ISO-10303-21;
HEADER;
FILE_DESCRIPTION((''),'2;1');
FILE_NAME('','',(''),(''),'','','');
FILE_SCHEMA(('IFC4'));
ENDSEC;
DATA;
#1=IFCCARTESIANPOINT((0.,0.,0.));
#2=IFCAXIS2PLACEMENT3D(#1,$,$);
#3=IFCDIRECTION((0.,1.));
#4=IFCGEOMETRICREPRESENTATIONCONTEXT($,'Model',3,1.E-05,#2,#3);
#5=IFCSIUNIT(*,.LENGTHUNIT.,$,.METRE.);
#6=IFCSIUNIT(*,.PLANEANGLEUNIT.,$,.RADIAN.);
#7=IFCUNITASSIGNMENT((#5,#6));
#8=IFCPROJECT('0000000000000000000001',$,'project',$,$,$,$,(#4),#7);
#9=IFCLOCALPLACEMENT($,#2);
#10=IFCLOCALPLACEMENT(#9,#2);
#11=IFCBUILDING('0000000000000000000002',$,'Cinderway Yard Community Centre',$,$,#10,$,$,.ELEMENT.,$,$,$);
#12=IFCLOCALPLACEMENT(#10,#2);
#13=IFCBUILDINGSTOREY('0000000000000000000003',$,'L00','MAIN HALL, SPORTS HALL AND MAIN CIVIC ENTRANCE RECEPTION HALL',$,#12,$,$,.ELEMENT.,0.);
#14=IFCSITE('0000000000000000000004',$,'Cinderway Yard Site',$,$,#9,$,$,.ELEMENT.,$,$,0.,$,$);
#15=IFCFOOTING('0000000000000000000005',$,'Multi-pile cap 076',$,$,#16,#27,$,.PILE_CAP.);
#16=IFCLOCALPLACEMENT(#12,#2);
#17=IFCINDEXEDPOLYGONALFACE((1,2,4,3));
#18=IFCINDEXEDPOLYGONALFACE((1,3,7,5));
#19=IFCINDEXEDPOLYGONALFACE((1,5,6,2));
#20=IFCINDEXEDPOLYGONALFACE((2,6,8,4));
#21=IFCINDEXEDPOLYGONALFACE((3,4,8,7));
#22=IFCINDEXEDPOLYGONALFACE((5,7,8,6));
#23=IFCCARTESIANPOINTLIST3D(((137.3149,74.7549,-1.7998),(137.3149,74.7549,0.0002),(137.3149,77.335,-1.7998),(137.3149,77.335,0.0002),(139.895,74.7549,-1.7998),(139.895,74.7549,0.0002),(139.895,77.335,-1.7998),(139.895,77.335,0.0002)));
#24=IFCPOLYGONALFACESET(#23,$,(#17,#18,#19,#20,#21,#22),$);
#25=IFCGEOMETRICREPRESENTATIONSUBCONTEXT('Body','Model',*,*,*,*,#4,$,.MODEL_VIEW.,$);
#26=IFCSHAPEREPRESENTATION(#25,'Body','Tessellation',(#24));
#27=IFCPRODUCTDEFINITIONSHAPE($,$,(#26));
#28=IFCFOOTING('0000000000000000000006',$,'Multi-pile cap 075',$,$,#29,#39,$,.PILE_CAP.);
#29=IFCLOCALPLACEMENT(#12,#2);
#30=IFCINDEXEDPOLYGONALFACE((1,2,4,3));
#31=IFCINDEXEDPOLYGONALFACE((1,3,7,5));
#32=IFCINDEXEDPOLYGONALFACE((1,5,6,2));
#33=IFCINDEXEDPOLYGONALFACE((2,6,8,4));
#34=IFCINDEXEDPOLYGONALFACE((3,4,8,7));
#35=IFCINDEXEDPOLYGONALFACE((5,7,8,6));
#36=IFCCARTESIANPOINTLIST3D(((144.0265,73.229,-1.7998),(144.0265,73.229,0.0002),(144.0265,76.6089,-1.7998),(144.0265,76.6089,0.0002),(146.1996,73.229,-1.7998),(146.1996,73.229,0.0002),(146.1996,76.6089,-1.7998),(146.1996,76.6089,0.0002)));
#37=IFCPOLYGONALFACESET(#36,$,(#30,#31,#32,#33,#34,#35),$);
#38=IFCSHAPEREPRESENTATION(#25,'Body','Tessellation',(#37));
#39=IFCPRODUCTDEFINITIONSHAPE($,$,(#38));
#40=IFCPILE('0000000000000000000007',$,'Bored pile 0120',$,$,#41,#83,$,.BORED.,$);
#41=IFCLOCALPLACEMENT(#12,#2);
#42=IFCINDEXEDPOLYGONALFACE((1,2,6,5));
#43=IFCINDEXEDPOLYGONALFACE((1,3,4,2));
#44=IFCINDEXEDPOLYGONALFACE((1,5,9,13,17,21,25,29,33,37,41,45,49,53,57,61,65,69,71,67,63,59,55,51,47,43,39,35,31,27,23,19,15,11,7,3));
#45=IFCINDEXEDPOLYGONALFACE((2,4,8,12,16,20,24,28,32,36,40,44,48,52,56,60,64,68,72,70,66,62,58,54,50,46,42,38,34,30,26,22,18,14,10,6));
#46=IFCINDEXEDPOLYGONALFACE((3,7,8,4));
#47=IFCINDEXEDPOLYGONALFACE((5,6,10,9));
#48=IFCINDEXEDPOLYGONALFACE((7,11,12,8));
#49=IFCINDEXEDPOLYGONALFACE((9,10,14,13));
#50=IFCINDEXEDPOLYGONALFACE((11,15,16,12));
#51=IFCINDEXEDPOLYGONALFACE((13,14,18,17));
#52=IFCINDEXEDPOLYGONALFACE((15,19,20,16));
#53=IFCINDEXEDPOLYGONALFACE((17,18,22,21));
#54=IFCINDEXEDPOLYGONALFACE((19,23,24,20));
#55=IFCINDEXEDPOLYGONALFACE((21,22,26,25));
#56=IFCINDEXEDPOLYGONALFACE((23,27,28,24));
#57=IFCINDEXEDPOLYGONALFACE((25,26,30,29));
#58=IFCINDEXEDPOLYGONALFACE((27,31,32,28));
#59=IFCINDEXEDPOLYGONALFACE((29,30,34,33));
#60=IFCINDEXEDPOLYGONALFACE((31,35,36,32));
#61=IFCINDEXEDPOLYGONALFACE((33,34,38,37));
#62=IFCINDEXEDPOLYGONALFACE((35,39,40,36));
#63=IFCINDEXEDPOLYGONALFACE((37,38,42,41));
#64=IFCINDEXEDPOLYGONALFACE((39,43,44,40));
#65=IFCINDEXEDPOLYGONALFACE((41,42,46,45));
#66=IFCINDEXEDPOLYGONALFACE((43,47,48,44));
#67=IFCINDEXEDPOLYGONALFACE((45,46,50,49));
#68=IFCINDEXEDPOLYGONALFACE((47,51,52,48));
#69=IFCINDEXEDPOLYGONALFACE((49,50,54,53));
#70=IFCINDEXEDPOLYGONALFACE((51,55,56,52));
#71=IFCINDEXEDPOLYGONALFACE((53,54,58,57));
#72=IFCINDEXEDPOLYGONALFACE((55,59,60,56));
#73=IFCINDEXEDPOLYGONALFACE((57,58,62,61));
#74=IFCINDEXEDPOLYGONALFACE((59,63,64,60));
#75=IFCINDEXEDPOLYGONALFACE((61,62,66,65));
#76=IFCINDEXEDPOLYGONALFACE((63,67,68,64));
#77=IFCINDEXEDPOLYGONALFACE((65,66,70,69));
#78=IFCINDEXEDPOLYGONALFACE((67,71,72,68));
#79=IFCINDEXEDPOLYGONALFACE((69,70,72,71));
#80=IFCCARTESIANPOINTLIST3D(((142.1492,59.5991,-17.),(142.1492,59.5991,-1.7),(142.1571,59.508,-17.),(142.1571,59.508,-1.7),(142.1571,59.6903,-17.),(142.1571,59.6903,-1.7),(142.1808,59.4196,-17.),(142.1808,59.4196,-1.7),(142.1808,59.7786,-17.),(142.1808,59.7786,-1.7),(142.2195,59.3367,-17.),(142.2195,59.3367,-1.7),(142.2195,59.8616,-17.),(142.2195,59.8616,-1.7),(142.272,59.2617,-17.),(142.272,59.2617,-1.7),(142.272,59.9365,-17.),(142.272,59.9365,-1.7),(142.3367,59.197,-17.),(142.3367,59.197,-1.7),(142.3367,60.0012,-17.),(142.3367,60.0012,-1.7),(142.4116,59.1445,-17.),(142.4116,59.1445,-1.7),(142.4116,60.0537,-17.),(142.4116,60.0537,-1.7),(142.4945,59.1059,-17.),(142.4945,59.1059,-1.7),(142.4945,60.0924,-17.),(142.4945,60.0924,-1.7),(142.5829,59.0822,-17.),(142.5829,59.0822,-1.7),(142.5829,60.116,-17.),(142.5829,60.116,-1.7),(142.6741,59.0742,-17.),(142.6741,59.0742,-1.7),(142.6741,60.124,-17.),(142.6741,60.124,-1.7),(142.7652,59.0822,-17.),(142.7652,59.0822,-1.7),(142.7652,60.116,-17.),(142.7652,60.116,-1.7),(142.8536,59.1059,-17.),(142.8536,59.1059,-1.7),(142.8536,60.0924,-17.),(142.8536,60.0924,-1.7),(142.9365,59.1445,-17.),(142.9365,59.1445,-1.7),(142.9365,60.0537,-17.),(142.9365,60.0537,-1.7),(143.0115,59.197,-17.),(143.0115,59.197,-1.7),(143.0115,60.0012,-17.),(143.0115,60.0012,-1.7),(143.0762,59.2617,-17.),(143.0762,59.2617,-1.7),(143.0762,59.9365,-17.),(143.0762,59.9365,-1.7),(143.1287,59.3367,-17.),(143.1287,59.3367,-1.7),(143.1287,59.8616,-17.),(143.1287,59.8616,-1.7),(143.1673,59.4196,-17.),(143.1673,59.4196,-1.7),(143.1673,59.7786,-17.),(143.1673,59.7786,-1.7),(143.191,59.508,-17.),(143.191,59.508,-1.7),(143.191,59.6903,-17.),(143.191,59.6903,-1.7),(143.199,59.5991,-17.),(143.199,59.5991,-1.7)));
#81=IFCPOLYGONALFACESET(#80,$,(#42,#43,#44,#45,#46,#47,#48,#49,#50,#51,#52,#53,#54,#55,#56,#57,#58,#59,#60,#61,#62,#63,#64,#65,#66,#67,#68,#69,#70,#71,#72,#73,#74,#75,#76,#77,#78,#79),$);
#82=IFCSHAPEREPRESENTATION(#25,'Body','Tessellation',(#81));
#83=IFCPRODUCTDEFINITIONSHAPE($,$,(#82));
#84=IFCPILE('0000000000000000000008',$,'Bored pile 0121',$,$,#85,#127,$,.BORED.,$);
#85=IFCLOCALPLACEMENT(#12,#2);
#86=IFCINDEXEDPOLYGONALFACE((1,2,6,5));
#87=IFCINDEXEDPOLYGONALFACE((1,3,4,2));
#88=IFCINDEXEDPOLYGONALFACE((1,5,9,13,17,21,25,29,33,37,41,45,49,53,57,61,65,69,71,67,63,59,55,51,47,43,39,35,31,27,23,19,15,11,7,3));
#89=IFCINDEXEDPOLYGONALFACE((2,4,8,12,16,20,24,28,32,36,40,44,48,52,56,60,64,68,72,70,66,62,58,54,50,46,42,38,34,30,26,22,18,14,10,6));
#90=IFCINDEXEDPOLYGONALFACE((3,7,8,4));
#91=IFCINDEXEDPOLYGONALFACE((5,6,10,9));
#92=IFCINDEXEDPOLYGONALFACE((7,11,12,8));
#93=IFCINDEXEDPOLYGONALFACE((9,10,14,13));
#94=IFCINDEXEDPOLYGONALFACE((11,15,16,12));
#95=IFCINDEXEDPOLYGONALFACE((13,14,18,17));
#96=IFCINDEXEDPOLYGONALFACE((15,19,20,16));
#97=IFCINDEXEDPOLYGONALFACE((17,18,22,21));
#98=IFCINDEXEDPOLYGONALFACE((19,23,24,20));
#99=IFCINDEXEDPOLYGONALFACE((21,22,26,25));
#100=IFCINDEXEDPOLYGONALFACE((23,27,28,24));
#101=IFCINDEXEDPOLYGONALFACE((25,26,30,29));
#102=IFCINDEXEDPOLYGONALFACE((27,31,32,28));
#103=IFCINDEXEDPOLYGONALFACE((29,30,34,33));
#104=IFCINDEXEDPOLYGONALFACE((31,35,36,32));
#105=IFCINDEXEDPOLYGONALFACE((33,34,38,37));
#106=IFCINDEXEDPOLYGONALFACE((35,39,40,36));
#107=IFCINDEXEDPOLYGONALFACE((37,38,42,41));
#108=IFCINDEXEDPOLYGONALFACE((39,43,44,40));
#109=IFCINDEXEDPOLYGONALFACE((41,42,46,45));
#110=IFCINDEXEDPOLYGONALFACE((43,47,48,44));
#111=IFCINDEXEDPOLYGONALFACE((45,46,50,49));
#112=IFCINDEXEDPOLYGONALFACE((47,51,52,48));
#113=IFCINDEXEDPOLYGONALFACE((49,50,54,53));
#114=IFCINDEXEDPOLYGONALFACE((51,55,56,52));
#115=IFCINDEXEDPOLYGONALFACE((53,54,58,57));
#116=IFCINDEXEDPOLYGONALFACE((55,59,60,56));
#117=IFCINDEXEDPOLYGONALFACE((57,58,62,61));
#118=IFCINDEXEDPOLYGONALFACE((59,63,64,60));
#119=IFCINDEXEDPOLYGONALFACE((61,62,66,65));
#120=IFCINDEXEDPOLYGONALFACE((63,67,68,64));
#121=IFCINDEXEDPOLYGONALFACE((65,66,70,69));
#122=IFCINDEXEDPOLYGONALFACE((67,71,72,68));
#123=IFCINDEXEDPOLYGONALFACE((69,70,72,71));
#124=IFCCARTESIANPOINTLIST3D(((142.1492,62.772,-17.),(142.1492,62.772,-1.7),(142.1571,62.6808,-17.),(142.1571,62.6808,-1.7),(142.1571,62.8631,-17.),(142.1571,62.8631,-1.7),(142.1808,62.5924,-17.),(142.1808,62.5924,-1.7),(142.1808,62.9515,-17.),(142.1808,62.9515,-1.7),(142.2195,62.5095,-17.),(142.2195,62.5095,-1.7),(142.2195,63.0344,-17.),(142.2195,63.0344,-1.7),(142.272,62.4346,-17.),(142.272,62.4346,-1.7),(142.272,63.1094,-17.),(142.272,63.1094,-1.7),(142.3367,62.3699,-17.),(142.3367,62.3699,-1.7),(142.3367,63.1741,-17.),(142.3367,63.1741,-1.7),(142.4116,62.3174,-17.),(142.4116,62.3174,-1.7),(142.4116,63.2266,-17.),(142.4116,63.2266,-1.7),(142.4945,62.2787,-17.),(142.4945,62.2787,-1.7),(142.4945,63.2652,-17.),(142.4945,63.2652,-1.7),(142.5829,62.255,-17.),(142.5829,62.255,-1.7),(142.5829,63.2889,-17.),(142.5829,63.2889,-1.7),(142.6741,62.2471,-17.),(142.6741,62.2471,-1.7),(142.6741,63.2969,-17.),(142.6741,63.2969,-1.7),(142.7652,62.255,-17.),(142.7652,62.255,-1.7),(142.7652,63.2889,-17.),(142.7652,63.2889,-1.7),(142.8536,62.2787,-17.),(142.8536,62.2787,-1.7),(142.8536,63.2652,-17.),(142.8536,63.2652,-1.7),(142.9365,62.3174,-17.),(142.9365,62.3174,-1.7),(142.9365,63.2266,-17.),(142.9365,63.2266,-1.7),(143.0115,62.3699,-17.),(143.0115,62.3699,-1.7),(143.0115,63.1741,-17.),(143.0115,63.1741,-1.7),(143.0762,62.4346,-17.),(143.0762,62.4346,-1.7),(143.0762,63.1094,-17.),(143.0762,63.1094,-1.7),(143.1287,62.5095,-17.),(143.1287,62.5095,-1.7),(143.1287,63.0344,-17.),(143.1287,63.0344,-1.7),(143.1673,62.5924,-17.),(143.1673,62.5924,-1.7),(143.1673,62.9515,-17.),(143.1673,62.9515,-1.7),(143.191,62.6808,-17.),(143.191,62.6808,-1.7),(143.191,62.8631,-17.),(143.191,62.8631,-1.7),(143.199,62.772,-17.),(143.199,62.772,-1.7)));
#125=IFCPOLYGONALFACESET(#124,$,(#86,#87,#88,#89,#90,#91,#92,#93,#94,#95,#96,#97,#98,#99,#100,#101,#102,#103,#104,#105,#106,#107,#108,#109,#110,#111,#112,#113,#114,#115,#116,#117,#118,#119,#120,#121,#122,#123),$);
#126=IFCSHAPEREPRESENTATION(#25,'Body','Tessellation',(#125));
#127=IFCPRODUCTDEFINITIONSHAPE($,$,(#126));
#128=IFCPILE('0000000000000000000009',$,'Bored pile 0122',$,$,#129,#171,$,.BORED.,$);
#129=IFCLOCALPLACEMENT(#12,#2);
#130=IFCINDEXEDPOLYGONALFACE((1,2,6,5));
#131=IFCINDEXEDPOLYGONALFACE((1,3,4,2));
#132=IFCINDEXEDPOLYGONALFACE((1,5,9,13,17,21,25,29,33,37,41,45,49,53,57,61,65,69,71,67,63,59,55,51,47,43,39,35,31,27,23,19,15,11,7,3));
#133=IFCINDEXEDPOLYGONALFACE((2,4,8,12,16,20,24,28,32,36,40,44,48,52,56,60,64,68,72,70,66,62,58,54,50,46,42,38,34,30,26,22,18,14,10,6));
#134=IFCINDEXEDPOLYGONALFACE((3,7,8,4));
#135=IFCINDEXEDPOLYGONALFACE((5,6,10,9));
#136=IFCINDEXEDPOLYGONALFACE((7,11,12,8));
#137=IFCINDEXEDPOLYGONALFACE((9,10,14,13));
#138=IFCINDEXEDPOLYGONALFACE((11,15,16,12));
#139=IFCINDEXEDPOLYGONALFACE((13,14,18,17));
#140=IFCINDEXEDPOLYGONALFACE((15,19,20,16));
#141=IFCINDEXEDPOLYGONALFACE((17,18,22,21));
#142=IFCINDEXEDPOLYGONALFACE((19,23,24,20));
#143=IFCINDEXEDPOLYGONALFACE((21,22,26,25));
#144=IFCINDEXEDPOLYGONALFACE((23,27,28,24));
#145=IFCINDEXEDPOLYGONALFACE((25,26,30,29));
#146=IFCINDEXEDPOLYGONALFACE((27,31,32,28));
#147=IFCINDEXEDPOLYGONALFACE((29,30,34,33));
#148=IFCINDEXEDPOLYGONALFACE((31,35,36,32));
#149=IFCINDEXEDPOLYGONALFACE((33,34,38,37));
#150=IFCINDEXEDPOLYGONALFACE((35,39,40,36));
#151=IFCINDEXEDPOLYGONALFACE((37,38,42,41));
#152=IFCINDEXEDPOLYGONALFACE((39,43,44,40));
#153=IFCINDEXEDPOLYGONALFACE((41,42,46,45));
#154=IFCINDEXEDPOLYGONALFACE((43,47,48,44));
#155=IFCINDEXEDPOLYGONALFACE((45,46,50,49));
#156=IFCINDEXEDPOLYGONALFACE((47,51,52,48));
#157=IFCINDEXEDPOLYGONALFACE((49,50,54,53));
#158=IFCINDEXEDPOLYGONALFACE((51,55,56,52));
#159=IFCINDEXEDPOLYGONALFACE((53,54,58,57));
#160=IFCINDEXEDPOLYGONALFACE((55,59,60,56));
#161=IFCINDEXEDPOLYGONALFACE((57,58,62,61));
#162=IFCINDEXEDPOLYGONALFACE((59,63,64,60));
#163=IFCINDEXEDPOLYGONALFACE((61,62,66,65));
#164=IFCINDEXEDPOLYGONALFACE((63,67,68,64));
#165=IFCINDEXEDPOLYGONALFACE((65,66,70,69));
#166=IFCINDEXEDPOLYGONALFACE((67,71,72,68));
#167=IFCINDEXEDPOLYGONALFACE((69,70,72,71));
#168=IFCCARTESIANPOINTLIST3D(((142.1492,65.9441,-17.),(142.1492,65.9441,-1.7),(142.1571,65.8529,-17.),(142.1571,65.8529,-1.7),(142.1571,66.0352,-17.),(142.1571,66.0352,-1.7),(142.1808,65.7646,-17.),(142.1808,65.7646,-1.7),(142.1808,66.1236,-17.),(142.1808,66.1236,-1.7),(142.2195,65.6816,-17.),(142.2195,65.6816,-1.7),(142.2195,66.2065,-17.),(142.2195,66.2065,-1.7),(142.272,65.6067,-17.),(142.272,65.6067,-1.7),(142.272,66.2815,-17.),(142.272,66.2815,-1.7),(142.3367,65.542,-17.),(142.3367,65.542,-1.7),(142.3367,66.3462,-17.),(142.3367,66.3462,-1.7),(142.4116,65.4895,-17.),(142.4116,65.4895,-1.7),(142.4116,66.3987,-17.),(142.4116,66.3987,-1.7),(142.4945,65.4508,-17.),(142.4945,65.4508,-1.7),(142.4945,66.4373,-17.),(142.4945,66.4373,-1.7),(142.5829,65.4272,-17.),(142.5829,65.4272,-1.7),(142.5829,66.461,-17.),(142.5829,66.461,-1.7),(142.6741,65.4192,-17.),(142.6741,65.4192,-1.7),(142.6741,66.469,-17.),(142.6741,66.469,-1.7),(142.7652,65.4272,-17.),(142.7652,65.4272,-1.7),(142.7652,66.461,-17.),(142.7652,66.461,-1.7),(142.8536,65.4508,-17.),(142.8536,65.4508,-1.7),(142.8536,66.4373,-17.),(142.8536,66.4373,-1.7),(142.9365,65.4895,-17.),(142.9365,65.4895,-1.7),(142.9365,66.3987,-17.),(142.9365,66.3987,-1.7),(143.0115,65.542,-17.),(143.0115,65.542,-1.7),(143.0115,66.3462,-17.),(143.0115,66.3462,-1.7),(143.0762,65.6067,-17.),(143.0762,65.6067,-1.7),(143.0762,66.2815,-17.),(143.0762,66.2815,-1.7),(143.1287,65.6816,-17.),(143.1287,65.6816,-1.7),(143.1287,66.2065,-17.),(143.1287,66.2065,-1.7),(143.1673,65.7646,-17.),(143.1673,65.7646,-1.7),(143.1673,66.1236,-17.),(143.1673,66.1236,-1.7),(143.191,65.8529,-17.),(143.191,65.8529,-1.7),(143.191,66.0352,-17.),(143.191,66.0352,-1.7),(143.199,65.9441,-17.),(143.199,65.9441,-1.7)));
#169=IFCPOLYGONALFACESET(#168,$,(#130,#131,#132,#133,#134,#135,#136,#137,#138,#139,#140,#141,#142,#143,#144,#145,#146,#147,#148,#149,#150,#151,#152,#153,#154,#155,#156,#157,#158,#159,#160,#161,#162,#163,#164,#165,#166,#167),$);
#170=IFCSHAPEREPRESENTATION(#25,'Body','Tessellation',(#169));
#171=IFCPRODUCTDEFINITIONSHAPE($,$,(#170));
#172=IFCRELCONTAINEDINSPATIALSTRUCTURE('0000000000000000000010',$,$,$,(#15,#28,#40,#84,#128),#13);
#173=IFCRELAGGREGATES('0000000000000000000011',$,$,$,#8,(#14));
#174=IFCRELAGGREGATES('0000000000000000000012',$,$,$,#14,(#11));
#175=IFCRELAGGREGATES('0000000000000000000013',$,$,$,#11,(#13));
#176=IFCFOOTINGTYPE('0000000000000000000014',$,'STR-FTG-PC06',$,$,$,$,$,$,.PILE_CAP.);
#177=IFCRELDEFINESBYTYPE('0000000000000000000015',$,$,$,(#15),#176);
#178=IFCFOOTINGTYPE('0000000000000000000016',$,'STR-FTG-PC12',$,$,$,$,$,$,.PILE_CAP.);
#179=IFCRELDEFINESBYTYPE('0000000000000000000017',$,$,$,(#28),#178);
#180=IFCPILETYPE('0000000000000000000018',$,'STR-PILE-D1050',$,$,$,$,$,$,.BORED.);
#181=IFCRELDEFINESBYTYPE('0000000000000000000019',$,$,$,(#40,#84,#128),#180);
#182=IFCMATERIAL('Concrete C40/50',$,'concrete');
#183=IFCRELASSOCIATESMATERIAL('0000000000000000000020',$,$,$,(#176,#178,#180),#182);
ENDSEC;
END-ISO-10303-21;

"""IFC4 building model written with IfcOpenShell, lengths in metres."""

from ifc_helpers import new_model, si_unit, direction, frame, origin, origin_2d, place, context, subcontext, project, spatial, rectangle, circle, extrude, material, material_profile, profile_set, type_object, element, save


model = new_model("IFC4")

# Units and contexts
model_context = context("Model", 3, precision=1e-05, world=origin(), true_north=direction((0.0, 1.0)))
body_context = subcontext(model_context, "Body", "Model", "MODEL_VIEW")
ifc_project = project(units=[si_unit("LENGTHUNIT", "METRE"), si_unit("PLANEANGLEUNIT", "RADIAN")], contexts=[model_context])

# Site, building, storey
site_placement = place(None, origin())
site = spatial("IfcSite", under=ifc_project, at=site_placement, Name="Cinderway Yard Site", CompositionType="ELEMENT", RefElevation=0.0)
building_placement = place(site_placement, origin())
building = spatial("IfcBuilding", under=site, at=building_placement, Name="Cinderway Yard Community Centre", CompositionType="ELEMENT")
storey_placement = place(building_placement, origin())
storey = spatial("IfcBuildingStorey", under=building, at=storey_placement, Name="L00", Description="MAIN HALL, SPORTS HALL AND MAIN CIVIC ENTRANCE RECEPTION HALL", CompositionType="ELEMENT", Elevation=0.0)

# Footings
ifc_material_1 = material(Name="Concrete C40/50", Category="concrete")
footing_type_1 = type_object("IfcFootingType", Name="STR-FTG-PC06", PredefinedType="PILE_CAP", material=ifc_material_1)
footing_1_placement = place(storey_placement, frame((138.605, 76.0449, -1.7998), z_axis=(0.0, 0.0, 1.0), x_axis=(1.0, 0.0, 0.0)))
element("IfcFooting", 1, at=footing_1_placement, inside=storey, type_object=footing_type_1, Name="Multi-pile cap 076", PredefinedType="PILE_CAP", context=body_context, shape_type="SweptSolid", body=[
    extrude(rectangle(XDim=2.5801, YDim=2.5801, at=origin_2d()), origin(), (0.0, 0.0, 1.0), 1.8),
])
footing_type_2 = type_object("IfcFootingType", Name="STR-FTG-PC12", PredefinedType="PILE_CAP", material=ifc_material_1)
footing_2_placement = place(storey_placement, frame((145.113, 74.9189, -1.7998), z_axis=(0.0, 0.0, 1.0), x_axis=(1.0, 0.0, 0.0)))
element("IfcFooting", 2, at=footing_2_placement, inside=storey, type_object=footing_type_2, Name="Multi-pile cap 075", PredefinedType="PILE_CAP", context=body_context, shape_type="SweptSolid", body=[
    extrude(rectangle(XDim=2.1731, YDim=3.3799, at=origin_2d()), origin(), (0.0, 0.0, 1.0), 1.8),
])

# Piles
ifc_material_profile_1 = material_profile(ifc_material_1, circle(Radius=0.5249, at=origin_2d()), Name="Concrete C40/50")
ifc_profile_set_1 = profile_set([ifc_material_profile_1], Name="Concrete C40/50")
pile_type_1 = type_object("IfcPileType", Name="STR-PILE-D1050", PredefinedType="BORED", material=ifc_profile_set_1)
for number, where, z_axis, x_axis, name in (
    (3, (142.6741, 59.5991, -1.7), (0.0, 0.0, -1.0), (1.0, 0.0, 0.0), "Bored pile 0120"),
    (4, (142.6741, 62.772, -1.7), (0.0, 0.0, -1.0), (1.0, 0.0, 0.0), "Bored pile 0121"),
    (5, (142.6741, 65.9441, -1.7), (0.0, 0.0, -1.0), (1.0, 0.0, 0.0), "Bored pile 0122"),
):
    element("IfcPile", number, at=place(storey_placement, frame(where, z_axis=z_axis, x_axis=x_axis)), inside=storey, type_object=pile_type_1, Name=name, PredefinedType="BORED", context=body_context, shape_type="SweptSolid", body=[
        extrude(circle(Radius=0.5249, at=origin_2d()), origin(), (0.0, 0.0, 1.0), 15.3),
    ])

save(model, "model.ifc")
